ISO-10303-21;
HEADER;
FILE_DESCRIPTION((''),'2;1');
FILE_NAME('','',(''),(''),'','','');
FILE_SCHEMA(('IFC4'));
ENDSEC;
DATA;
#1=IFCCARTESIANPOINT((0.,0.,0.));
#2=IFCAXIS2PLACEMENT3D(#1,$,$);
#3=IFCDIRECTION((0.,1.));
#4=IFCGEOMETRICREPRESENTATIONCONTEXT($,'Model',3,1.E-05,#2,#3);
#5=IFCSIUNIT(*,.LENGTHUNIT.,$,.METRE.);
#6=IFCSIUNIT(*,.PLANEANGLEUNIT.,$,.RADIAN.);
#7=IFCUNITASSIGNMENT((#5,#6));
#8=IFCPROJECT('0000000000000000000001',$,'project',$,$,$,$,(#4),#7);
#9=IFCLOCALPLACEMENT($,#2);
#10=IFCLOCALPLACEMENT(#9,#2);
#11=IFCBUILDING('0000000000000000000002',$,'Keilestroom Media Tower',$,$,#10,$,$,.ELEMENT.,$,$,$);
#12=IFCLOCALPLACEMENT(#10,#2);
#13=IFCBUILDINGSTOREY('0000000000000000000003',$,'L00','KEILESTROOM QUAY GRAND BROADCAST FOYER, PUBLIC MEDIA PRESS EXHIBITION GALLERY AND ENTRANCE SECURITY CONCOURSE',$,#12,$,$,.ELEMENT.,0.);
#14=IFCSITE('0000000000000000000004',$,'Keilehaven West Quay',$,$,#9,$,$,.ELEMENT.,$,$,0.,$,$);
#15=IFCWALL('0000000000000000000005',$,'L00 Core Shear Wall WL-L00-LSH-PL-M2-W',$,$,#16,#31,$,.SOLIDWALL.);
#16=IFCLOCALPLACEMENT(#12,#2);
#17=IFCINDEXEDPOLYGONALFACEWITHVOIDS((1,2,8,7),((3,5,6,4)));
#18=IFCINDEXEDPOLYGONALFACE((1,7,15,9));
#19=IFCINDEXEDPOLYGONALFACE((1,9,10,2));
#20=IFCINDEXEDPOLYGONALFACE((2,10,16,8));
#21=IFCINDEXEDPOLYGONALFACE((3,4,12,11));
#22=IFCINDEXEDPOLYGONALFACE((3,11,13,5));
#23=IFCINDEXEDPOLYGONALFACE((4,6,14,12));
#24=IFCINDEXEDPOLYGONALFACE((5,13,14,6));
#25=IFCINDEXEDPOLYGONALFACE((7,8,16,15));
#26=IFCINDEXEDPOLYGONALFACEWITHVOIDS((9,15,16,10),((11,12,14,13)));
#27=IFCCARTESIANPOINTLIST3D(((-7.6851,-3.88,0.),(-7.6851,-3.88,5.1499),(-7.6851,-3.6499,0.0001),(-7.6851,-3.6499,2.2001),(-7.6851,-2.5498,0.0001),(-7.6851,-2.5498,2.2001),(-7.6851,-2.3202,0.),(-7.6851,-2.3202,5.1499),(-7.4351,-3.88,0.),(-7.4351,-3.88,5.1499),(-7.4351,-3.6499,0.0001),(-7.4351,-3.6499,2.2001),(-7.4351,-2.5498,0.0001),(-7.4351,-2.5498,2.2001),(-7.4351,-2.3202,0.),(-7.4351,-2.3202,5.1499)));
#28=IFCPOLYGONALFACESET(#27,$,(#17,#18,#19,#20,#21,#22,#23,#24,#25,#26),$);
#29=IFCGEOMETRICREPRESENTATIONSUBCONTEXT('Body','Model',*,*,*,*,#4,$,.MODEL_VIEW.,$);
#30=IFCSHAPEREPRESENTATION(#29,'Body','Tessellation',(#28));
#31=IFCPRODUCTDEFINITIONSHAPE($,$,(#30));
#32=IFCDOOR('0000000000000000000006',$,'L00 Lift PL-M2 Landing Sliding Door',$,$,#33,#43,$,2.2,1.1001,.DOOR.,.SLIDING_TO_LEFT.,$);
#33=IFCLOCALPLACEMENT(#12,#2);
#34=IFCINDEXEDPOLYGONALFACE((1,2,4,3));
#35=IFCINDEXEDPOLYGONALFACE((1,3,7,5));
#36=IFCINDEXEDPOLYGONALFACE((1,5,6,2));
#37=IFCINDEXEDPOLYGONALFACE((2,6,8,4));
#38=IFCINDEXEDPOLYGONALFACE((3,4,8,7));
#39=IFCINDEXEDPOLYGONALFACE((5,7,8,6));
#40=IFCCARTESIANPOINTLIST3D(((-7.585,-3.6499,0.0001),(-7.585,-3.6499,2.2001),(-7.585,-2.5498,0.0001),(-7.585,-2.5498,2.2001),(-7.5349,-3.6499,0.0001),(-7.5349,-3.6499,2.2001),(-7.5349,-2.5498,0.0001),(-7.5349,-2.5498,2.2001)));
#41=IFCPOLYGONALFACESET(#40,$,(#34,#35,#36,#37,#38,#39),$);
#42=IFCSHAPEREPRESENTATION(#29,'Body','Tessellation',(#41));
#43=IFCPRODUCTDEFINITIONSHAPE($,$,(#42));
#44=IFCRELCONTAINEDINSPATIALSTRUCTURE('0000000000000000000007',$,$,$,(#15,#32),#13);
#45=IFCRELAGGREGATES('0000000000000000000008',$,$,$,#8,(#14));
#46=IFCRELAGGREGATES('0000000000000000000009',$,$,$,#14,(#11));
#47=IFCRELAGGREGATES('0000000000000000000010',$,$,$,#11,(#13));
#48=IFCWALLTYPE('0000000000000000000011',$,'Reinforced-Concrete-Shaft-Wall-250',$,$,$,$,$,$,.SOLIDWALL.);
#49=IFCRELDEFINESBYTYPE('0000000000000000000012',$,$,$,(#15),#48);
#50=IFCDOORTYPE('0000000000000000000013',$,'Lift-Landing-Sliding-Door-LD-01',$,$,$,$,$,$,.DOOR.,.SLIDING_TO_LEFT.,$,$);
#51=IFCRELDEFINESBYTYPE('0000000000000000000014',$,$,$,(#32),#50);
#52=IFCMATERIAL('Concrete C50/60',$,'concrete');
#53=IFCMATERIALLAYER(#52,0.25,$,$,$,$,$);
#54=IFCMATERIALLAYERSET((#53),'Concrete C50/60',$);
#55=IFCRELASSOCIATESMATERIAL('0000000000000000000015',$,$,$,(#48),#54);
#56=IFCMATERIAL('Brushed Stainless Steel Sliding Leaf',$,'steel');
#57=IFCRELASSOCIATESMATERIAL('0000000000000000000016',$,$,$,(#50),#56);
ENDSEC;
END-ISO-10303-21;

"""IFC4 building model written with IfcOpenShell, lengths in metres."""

from ifc_helpers import new_model, si_unit, direction, frame, frame_2d, origin, place, context, subcontext, project, spatial, rectangle, extrude, source, transform, mapped, material, layer, layer_set, type_object, element, fill, save


model = new_model("IFC4")

# Units and contexts
model_context = context("Model", 3, precision=1e-05, world=origin(), true_north=direction((0.0, 1.0)))
body_context = subcontext(model_context, "Body", "Model", "MODEL_VIEW")
ifc_project = project(units=[si_unit("LENGTHUNIT", "METRE"), si_unit("PLANEANGLEUNIT", "RADIAN")], contexts=[model_context])

# Site, building, storey
site_placement = place(None, origin())
site = spatial("IfcSite", under=ifc_project, at=site_placement, Name="Keilehaven West Quay", CompositionType="ELEMENT", RefElevation=0.0)
building_placement = place(site_placement, origin())
building = spatial("IfcBuilding", under=site, at=building_placement, Name="Keilestroom Media Tower", CompositionType="ELEMENT")
storey_placement = place(building_placement, origin())
storey = spatial("IfcBuildingStorey", under=building, at=storey_placement, Name="L00", Description="KEILESTROOM QUAY GRAND BROADCAST FOYER, PUBLIC MEDIA PRESS EXHIBITION GALLERY AND ENTRANCE SECURITY CONCOURSE", CompositionType="ELEMENT", Elevation=0.0)

# Shared definitions
ifc_material_1 = material(Name="Concrete C50/60", Category="concrete")
ifc_layer_1 = layer(ifc_material_1, 0.25)
ifc_layer_set_1 = layer_set([ifc_layer_1], Name="Concrete C50/60")
wall_type_1 = type_object("IfcWallType", Name="Reinforced-Concrete-Shaft-Wall-250", PredefinedType="SOLIDWALL", material=ifc_layer_set_1)

# Shared definitions
ifc_material_2 = material(Name="Brushed Stainless Steel Sliding Leaf", Category="steel")
door_type_1 = type_object("IfcDoorType", Name="Lift-Landing-Sliding-Door-LD-01", OperationType="SLIDING_TO_LEFT", PredefinedType="DOOR", material=ifc_material_2)
shared_shape_1 = source(origin(), body_context, "Body", "SweptSolid", [
    extrude(rectangle(XDim=1.1001, YDim=2.2, at=frame_2d((0.55, 1.1001))), frame((0.0, 0.0249, 0.0), z_axis=(0.0, -1.0, 0.0), x_axis=(1.0, 0.0, 0.0)), (0.0, 0.0, 1.0), 0.05),
])

# Wall, opening, door
wall_1_placement = place(storey_placement, frame((-7.5601, -3.8799, 0.0), z_axis=(0.0, 0.0, 1.0), x_axis=(0.0, 1.0, 0.0)))
wall_1 = element("IfcWall", 1, at=wall_1_placement, inside=storey, type_object=wall_type_1, Name="L00 Core Shear Wall WL-L00-LSH-PL-M2-W", PredefinedType="SOLIDWALL", context=body_context, shape_type="SweptSolid", body=[
    extrude(rectangle(XDim=1.5598, YDim=0.25, at=frame_2d((0.7798, 0.0))), origin(), (0.0, 0.0, 1.0), 5.1499),
])
opening_1_placement = place(wall_1_placement, frame((0.23, 0.0, 0.0)))
opening_1 = element("IfcOpeningElement", 2, at=opening_1_placement, cuts=wall_1, PredefinedType="OPENING", context=body_context, shape_type="SweptSolid", body=[
    extrude(rectangle(XDim=1.1001, YDim=2.2, at=frame_2d((0.55, 1.1001))), frame((0.0, 0.135, 0.0), z_axis=(0.0, -1.0, 0.0), x_axis=(1.0, 0.0, 0.0)), (0.0, 0.0, 1.0), 0.27),
])
door_1_placement = place(opening_1_placement, origin())
door_1 = element("IfcDoor", 3, at=door_1_placement, inside=storey, type_object=door_type_1, Name="L00 Lift PL-M2 Landing Sliding Door", OperationType="SLIDING_TO_LEFT", OverallHeight=2.2, OverallWidth=1.1001, PredefinedType="DOOR", context=body_context, shape_type="MappedRepresentation", body=[
    mapped(shared_shape_1, transform((0.0, 0.0, 0.0), x_axis=(1.0, 0.0, 0.0), y_axis=(0.0, 1.0, 0.0), z_axis=(0.0, 0.0, 1.0), scale=1.0)),
])
fill(opening_1, door_1)

save(model, "model.ifc")
